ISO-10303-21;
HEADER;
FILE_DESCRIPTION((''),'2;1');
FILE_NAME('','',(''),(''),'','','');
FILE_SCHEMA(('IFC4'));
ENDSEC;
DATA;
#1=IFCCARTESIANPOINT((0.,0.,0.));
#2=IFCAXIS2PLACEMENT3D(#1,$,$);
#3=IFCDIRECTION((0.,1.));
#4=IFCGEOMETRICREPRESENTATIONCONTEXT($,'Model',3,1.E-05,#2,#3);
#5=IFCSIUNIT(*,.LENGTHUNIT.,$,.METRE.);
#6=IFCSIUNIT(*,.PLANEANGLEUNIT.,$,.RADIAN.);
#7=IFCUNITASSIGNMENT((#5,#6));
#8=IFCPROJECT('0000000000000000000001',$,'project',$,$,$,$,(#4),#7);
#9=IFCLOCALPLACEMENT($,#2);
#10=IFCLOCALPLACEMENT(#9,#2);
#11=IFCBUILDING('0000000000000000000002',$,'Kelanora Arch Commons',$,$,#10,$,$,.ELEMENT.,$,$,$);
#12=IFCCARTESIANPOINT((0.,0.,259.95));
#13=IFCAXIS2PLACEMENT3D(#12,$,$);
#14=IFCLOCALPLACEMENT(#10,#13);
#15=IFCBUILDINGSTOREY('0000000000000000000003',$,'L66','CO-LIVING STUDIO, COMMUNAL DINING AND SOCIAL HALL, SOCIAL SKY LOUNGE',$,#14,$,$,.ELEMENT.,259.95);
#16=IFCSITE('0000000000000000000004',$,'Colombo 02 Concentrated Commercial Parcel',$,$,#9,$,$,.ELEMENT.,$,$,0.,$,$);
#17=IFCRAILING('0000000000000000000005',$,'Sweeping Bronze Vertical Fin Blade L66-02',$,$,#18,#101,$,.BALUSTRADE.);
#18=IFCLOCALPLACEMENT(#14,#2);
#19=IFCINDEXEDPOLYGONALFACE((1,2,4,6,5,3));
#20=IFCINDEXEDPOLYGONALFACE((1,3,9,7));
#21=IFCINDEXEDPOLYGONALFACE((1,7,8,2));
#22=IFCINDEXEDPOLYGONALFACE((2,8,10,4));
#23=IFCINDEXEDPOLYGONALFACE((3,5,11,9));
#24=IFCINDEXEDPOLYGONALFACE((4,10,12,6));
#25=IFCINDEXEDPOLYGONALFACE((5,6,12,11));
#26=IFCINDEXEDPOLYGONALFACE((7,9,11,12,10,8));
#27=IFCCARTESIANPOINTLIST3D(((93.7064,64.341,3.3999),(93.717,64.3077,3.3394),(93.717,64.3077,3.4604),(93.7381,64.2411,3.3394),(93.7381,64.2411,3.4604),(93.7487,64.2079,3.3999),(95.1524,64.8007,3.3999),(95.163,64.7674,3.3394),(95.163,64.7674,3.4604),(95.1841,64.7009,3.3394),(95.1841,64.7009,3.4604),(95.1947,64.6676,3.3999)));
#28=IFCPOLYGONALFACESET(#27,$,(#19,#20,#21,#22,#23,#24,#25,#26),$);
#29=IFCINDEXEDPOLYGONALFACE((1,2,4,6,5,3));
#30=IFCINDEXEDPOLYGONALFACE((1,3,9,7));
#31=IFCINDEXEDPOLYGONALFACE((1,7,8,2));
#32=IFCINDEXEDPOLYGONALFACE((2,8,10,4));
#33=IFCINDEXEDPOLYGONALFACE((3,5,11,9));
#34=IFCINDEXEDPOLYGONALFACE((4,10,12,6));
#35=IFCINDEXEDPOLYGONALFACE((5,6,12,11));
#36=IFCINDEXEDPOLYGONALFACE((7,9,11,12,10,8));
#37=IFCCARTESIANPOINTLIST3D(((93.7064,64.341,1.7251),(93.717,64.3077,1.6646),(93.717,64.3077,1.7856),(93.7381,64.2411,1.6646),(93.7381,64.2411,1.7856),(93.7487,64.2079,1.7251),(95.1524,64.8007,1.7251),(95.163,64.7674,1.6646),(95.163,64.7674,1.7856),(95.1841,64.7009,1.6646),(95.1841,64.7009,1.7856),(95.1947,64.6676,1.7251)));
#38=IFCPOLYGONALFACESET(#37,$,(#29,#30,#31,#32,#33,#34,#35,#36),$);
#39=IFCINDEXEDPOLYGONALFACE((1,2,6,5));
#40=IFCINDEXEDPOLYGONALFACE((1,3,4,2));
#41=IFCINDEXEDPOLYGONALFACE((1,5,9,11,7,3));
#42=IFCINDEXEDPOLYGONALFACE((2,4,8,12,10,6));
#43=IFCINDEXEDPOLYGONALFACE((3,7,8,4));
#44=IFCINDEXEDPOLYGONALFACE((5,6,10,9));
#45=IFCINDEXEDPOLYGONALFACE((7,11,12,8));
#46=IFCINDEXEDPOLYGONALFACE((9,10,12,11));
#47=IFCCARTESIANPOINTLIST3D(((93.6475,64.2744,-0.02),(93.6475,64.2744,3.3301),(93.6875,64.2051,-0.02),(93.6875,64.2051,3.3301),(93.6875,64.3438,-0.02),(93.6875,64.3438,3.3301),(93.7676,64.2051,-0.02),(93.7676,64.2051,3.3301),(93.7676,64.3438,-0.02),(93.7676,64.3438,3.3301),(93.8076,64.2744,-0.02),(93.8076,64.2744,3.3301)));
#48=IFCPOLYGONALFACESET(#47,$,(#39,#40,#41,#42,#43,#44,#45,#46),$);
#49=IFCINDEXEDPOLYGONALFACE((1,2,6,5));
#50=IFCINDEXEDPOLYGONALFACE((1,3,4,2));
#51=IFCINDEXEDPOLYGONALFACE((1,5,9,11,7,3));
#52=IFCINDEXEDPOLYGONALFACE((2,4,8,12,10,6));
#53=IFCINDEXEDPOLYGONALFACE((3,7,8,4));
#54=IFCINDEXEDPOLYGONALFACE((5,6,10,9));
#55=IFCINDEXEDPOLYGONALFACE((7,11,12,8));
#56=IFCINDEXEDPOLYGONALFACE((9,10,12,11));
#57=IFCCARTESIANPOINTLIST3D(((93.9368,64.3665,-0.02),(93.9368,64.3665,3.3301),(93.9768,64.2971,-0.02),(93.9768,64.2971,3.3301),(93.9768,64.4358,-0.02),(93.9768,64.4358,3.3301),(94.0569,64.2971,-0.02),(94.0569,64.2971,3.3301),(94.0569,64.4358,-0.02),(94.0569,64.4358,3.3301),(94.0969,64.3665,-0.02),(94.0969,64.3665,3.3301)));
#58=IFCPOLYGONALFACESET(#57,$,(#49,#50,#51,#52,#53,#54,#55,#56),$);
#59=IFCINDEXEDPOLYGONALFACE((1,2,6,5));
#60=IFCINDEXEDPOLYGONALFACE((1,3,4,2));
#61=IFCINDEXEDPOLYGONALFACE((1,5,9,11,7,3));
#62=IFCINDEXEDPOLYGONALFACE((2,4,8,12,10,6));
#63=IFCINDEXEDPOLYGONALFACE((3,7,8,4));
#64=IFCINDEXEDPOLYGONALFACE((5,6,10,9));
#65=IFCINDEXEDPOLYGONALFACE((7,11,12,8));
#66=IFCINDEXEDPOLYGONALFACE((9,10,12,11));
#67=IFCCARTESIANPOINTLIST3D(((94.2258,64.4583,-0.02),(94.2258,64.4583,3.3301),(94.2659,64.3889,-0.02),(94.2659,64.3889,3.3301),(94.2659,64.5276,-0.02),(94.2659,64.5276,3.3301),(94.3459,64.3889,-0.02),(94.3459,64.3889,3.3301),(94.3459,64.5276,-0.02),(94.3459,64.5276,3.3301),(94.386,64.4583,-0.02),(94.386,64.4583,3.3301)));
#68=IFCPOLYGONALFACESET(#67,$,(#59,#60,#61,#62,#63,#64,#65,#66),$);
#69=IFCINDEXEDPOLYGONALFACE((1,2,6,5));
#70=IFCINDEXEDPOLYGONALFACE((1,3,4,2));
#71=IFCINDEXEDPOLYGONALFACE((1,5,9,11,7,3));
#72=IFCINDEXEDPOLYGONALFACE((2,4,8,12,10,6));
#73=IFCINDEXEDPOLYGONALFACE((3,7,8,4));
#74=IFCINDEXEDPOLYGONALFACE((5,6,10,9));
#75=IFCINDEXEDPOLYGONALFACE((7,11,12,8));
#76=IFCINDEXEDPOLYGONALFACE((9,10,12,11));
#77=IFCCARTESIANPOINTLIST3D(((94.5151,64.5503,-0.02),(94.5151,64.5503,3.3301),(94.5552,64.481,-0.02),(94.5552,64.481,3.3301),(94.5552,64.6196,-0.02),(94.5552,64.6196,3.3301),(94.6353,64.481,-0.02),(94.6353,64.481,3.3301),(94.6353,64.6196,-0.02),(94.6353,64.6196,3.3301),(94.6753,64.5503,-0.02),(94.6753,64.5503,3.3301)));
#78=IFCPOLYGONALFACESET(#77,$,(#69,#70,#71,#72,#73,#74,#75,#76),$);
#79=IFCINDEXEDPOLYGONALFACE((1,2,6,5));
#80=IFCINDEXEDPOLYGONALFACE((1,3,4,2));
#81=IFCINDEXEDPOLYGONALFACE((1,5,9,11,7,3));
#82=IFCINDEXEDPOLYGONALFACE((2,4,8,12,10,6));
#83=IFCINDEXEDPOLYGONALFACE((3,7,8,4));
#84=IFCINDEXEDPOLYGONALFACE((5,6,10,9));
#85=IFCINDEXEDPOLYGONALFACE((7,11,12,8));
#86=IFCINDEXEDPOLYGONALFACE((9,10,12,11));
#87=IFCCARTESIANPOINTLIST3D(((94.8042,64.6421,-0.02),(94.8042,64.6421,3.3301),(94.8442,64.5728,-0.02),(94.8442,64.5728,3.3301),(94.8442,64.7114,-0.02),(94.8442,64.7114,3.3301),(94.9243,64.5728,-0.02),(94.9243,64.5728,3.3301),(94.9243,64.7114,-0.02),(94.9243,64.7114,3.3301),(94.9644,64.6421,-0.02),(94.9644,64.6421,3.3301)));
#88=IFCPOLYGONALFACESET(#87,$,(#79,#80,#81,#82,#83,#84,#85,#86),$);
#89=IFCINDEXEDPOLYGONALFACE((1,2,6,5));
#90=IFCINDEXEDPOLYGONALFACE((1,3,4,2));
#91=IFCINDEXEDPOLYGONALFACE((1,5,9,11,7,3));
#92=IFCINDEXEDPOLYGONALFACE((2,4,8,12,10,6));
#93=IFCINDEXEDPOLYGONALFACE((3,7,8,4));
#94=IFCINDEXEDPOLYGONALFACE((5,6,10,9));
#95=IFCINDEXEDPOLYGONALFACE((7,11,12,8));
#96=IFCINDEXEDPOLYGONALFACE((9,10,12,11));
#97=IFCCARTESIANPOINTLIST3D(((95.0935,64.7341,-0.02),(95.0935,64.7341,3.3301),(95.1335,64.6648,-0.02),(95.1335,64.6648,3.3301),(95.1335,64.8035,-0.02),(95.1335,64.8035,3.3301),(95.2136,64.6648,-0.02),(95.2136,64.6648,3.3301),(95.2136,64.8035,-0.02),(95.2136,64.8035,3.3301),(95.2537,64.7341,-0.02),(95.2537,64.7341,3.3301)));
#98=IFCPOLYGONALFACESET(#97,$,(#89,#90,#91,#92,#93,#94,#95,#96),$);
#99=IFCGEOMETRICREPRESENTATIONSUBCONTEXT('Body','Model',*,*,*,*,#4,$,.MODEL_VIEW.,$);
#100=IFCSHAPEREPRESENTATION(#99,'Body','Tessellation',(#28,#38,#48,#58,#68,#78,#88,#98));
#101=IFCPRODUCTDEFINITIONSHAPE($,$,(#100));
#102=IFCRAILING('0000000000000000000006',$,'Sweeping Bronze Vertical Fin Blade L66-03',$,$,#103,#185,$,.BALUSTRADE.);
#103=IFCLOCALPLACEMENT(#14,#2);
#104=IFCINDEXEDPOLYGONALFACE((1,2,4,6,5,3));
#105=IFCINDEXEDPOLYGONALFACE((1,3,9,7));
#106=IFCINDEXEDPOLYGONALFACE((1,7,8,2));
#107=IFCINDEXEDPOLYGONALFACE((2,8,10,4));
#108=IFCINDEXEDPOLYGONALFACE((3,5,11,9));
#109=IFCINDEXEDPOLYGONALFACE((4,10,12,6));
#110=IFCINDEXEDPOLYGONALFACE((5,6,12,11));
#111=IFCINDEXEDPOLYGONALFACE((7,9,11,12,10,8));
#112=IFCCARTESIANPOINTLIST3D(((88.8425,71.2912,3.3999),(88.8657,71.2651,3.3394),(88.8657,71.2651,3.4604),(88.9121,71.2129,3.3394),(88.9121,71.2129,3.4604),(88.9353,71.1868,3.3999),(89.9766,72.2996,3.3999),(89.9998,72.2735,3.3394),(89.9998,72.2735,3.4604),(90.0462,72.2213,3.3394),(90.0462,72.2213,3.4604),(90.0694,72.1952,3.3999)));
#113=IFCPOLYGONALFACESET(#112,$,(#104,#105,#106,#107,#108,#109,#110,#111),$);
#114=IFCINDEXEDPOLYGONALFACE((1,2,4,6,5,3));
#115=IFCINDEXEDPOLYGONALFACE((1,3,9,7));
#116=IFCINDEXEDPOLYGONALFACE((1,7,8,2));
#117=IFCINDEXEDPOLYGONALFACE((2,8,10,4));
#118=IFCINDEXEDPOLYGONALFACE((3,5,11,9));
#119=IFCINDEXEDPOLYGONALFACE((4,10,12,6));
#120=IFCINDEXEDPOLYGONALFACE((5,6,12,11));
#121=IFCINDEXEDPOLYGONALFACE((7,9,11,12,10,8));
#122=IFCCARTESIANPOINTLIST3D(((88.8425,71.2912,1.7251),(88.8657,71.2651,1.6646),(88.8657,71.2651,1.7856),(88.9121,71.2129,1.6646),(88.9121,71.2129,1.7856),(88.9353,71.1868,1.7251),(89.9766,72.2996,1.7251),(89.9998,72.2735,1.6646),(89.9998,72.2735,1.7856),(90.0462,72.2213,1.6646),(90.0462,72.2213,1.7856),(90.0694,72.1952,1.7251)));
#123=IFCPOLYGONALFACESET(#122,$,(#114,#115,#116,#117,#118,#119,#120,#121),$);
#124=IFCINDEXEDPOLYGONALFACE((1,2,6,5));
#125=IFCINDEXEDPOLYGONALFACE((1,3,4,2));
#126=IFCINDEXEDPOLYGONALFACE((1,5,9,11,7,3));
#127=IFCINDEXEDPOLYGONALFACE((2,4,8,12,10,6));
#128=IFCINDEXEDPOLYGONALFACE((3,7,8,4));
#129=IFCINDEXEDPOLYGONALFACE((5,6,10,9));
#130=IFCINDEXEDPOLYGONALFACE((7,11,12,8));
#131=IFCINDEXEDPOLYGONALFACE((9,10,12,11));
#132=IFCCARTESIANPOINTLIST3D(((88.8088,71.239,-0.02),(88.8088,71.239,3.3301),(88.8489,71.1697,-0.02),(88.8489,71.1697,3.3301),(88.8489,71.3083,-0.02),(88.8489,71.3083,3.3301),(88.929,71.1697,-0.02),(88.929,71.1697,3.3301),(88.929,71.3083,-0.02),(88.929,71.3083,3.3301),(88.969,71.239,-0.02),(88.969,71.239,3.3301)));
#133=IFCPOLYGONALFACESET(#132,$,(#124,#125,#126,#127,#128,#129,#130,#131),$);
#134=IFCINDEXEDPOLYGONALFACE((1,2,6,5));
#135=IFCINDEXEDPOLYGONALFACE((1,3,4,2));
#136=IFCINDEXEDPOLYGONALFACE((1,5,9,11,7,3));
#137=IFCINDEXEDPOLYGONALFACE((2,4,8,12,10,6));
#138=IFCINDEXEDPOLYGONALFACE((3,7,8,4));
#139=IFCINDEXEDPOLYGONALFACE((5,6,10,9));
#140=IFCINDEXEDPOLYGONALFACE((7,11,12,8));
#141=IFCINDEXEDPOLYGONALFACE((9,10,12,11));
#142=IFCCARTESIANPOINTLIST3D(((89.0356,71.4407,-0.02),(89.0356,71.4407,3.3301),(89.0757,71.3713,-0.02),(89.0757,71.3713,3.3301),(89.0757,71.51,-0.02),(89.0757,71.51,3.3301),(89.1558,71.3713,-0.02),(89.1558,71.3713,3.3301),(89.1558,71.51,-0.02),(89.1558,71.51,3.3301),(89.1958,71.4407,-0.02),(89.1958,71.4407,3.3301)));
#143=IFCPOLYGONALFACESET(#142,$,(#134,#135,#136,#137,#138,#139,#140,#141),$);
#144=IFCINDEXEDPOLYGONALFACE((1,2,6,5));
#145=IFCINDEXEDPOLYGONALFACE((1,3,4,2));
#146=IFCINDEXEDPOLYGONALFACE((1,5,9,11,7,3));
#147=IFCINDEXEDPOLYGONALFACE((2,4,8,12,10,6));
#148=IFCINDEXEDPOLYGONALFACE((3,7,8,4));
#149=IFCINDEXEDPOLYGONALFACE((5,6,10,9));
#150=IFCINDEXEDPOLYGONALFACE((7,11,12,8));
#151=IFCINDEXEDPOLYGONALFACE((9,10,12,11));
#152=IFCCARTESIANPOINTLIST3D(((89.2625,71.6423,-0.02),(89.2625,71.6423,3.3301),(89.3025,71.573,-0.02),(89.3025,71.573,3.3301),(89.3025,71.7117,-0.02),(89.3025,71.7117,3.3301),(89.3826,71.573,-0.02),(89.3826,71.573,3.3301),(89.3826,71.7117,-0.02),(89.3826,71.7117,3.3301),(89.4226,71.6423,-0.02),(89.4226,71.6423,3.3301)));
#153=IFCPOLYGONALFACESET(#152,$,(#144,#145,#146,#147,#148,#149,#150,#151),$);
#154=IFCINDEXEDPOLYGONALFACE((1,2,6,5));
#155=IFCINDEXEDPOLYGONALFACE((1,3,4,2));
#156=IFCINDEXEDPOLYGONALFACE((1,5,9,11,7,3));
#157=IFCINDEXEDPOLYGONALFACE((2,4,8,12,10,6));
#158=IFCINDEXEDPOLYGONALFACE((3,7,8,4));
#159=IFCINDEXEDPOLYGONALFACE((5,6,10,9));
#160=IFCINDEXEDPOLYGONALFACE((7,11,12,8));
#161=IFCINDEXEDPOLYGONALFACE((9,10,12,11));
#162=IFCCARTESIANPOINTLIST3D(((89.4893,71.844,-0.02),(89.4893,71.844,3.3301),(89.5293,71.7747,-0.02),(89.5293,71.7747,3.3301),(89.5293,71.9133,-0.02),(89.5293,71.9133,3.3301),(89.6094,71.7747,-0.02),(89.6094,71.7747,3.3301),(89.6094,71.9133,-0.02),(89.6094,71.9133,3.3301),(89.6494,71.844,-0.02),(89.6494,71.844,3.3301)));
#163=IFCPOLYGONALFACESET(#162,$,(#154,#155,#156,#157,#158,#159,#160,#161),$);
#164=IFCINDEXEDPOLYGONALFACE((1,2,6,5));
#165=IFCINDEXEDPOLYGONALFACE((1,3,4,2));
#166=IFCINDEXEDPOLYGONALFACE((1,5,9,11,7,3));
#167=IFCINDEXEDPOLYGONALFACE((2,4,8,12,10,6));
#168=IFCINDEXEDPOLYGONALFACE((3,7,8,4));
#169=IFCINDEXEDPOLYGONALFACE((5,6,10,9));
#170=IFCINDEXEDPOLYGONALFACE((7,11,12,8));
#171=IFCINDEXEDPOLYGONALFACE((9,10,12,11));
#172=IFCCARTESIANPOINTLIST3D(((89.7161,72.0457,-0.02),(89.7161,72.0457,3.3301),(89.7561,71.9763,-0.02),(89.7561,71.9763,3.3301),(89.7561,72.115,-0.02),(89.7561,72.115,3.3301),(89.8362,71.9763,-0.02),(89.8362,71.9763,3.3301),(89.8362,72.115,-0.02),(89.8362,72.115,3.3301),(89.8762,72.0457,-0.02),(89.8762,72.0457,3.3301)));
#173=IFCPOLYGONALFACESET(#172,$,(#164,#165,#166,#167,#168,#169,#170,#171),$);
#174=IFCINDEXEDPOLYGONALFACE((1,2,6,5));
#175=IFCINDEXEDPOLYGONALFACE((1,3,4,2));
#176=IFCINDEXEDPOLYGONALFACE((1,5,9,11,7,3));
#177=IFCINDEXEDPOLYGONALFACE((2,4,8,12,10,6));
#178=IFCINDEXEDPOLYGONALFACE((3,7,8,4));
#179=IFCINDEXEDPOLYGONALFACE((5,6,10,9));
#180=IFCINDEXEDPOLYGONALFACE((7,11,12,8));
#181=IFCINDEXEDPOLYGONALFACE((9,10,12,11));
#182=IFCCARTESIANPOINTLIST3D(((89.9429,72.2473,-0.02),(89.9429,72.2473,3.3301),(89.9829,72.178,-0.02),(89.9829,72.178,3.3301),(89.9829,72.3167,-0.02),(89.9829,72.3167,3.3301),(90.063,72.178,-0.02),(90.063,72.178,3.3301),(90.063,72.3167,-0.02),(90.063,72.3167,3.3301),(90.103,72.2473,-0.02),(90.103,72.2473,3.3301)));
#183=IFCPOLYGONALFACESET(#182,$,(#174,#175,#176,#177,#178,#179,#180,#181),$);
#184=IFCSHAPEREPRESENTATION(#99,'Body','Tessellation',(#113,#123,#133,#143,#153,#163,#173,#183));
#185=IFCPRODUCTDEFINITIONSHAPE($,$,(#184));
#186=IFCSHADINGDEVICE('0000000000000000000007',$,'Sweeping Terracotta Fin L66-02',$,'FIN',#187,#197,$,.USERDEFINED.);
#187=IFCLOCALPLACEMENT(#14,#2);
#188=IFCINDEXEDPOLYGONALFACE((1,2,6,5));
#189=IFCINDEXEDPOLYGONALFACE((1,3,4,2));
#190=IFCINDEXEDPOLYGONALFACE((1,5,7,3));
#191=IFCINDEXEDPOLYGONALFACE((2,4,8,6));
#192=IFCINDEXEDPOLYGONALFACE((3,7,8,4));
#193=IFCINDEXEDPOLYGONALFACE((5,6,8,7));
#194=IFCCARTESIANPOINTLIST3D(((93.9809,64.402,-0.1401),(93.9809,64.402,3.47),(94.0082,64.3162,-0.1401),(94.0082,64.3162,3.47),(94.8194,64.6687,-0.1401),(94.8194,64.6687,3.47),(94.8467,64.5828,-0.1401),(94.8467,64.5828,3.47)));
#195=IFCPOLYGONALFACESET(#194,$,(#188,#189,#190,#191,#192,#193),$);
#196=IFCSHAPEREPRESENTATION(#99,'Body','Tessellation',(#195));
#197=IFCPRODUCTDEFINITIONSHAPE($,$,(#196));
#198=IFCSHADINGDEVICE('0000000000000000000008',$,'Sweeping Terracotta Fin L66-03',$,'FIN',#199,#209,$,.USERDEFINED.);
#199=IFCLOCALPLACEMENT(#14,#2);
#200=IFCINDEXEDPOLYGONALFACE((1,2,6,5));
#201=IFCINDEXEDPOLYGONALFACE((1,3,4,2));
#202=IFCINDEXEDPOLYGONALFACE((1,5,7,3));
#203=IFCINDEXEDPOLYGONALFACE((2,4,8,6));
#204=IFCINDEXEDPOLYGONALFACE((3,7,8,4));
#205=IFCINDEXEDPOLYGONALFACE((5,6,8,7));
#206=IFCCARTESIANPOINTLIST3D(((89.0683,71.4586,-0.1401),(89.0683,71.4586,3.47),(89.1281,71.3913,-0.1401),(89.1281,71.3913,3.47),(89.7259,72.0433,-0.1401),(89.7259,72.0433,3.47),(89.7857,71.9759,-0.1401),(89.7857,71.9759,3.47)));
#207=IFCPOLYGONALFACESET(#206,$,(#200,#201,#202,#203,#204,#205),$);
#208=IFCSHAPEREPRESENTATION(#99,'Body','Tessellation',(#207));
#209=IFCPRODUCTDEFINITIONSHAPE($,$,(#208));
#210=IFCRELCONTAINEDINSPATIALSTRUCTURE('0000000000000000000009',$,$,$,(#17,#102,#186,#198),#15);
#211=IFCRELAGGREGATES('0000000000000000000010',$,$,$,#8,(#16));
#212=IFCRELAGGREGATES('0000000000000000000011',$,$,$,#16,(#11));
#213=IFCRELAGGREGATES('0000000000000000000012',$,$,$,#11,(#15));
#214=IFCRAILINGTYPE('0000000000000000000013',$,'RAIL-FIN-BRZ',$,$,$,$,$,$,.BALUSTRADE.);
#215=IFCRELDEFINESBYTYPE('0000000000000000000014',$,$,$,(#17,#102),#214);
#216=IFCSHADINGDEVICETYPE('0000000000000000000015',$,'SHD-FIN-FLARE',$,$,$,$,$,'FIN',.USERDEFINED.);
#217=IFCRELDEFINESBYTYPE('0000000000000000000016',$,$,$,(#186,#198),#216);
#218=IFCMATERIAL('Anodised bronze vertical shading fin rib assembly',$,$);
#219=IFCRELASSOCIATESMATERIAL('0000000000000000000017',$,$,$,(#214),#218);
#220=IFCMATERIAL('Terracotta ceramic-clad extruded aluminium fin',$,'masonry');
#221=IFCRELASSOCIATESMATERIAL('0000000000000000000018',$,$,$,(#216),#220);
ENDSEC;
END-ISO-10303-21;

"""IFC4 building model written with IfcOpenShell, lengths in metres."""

from ifc_helpers import new_model, si_unit, direction, frame, origin, origin_2d, place, context, subcontext, project, spatial, polyline, rectangle, outline, extrude, source, transform, mapped, material, type_object, element, save


model = new_model("IFC4")

# Units and contexts
model_context = context("Model", 3, precision=1e-05, world=origin(), true_north=direction((0.0, 1.0)))
body_context = subcontext(model_context, "Body", "Model", "MODEL_VIEW")
ifc_project = project(units=[si_unit("LENGTHUNIT", "METRE"), si_unit("PLANEANGLEUNIT", "RADIAN")], contexts=[model_context])

# Site, building, storey
site_placement = place(None, origin())
site = spatial("IfcSite", under=ifc_project, at=site_placement, Name="Colombo 02 Concentrated Commercial Parcel", CompositionType="ELEMENT", RefElevation=0.0)
building_placement = place(site_placement, origin())
building = spatial("IfcBuilding", under=site, at=building_placement, Name="Kelanora Arch Commons", CompositionType="ELEMENT")
storey_placement = place(building_placement, frame((0.0, 0.0, 259.95)))
storey = spatial("IfcBuildingStorey", under=building, at=storey_placement, Name="L66", Description="CO-LIVING STUDIO, COMMUNAL DINING AND SOCIAL HALL, SOCIAL SKY LOUNGE", CompositionType="ELEMENT", Elevation=259.95)

# Railings
ifc_material_1 = material(Name="Anodised bronze vertical shading fin rib assembly")
railing_type = type_object("IfcRailingType", Name="RAIL-FIN-BRZ", PredefinedType="BALUSTRADE", material=ifc_material_1)
railing_1_placement = place(storey_placement, frame((93.7275, 64.2744, -0.02)))
element("IfcRailing", 1, at=railing_1_placement, inside=storey, type_object=railing_type, Name="Sweeping Bronze Vertical Fin Blade L66-02", PredefinedType="BALUSTRADE", context=body_context, shape_type="SweptSolid", body=[
    extrude(outline(polyline([(0.0698, 0.0), (0.0349, 0.0605), (-0.0349, 0.0605), (-0.0698, 0.0), (-0.0349, -0.0605), (0.0349, -0.0605), (0.0698, 0.0)])), frame((0.0, 0.0, 3.4199), z_axis=(0.953, 0.302971, 0.0), x_axis=(-0.302971, 0.953, 0.0)), (0.0, 0.0, 1.0), 1.5173),
    extrude(outline(polyline([(0.0698, 0.0), (0.0349, 0.0605), (-0.0349, 0.0605), (-0.0698, 0.0), (-0.0349, -0.0605), (0.0349, -0.0605), (0.0698, 0.0)])), frame((0.0, 0.0, 1.7451), z_axis=(0.953, 0.302971, 0.0), x_axis=(-0.302971, 0.953, 0.0)), (0.0, 0.0, 1.0), 1.5173),
    extrude(outline(polyline([(0.0801, 0.0), (0.04, 0.0693), (-0.04, 0.0693), (-0.0801, 0.0), (-0.04, -0.0693), (0.04, -0.0693), (0.0801, 0.0)])), origin(), (0.0, 0.0, 1.0), 3.3501),
    extrude(outline(polyline([(0.0801, 0.0), (0.04, 0.0693), (-0.04, 0.0693), (-0.0801, 0.0), (-0.04, -0.0693), (0.04, -0.0693), (0.0801, 0.0)])), frame((0.2893, 0.092, 0.0)), (0.0, 0.0, 1.0), 3.3501),
    extrude(outline(polyline([(0.0801, 0.0), (0.04, 0.0693), (-0.04, 0.0693), (-0.0801, 0.0), (-0.04, -0.0693), (0.04, -0.0693), (0.0801, 0.0)])), frame((0.5784, 0.1838, 0.0)), (0.0, 0.0, 1.0), 3.3501),
    extrude(outline(polyline([(0.0801, 0.0), (0.04, 0.0693), (-0.04, 0.0693), (-0.0801, 0.0), (-0.04, -0.0693), (0.04, -0.0693), (0.0801, 0.0)])), frame((0.8677, 0.2759, 0.0)), (0.0, 0.0, 1.0), 3.3501),
    extrude(outline(polyline([(0.0801, 0.0), (0.04, 0.0693), (-0.04, 0.0693), (-0.0801, 0.0), (-0.04, -0.0693), (0.04, -0.0693), (0.0801, 0.0)])), frame((1.1567, 0.3677, 0.0)), (0.0, 0.0, 1.0), 3.3501),
    extrude(outline(polyline([(0.0801, 0.0), (0.04, 0.0693), (-0.04, 0.0693), (-0.0801, 0.0), (-0.04, -0.0693), (0.04, -0.0693), (0.0801, 0.0)])), frame((1.446, 0.4597, 0.0)), (0.0, 0.0, 1.0), 3.3501),
])
railing_2_placement = place(storey_placement, frame((88.8889, 71.239, -0.02)))
element("IfcRailing", 2, at=railing_2_placement, inside=storey, type_object=railing_type, Name="Sweeping Bronze Vertical Fin Blade L66-03", PredefinedType="BALUSTRADE", context=body_context, shape_type="SweptSolid", body=[
    extrude(outline(polyline([(0.0698, 0.0), (0.0349, 0.0605), (-0.0349, 0.0605), (-0.0698, 0.0), (-0.0349, -0.0605), (0.0349, -0.0605), (0.0698, 0.0)])), frame((0.0, 0.0, 3.4199), z_axis=(0.747321, 0.664464, 0.0), x_axis=(-0.664464, 0.747321, 0.0)), (0.0, 0.0, 1.0), 1.5176),
    extrude(outline(polyline([(0.0698, 0.0), (0.0349, 0.0605), (-0.0349, 0.0605), (-0.0698, 0.0), (-0.0349, -0.0605), (0.0349, -0.0605), (0.0698, 0.0)])), frame((0.0, 0.0, 1.7451), z_axis=(0.747321, 0.664464, 0.0), x_axis=(-0.664464, 0.747321, 0.0)), (0.0, 0.0, 1.0), 1.5176),
    extrude(outline(polyline([(0.0801, 0.0), (0.04, 0.0693), (-0.04, 0.0693), (-0.0801, 0.0), (-0.04, -0.0693), (0.04, -0.0693), (0.0801, 0.0)])), origin(), (0.0, 0.0, 1.0), 3.3501),
    extrude(outline(polyline([(0.0801, 0.0), (0.04, 0.0693), (-0.04, 0.0693), (-0.0801, 0.0), (-0.04, -0.0693), (0.04, -0.0693), (0.0801, 0.0)])), frame((0.2268, 0.2017, 0.0)), (0.0, 0.0, 1.0), 3.3501),
    extrude(outline(polyline([(0.0801, 0.0), (0.04, 0.0693), (-0.04, 0.0693), (-0.0801, 0.0), (-0.04, -0.0693), (0.04, -0.0693), (0.0801, 0.0)])), frame((0.4536, 0.4033, 0.0)), (0.0, 0.0, 1.0), 3.3501),
    extrude(outline(polyline([(0.0801, 0.0), (0.04, 0.0693), (-0.04, 0.0693), (-0.0801, 0.0), (-0.04, -0.0693), (0.04, -0.0693), (0.0801, 0.0)])), frame((0.6804, 0.605, 0.0)), (0.0, 0.0, 1.0), 3.3501),
    extrude(outline(polyline([(0.0801, 0.0), (0.04, 0.0693), (-0.04, 0.0693), (-0.0801, 0.0), (-0.04, -0.0693), (0.04, -0.0693), (0.0801, 0.0)])), frame((0.9072, 0.8066, 0.0)), (0.0, 0.0, 1.0), 3.3501),
    extrude(outline(polyline([(0.0801, 0.0), (0.04, 0.0693), (-0.04, 0.0693), (-0.0801, 0.0), (-0.04, -0.0693), (0.04, -0.0693), (0.0801, 0.0)])), frame((1.134, 1.0083, 0.0)), (0.0, 0.0, 1.0), 3.3501),
])

# Shading devices
ifc_material_2 = material(Name="Terracotta ceramic-clad extruded aluminium fin", Category="masonry")
shading_device_type = type_object("IfcShadingDeviceType", Name="SHD-FIN-FLARE", ElementType="FIN", PredefinedType="USERDEFINED", material=ifc_material_2)
shared_shape_1 = source(origin(), body_context, "Body", "SweptSolid", [
    extrude(rectangle(XDim=0.8799, YDim=0.0901, at=origin_2d()), origin(), (0.0, 0.0, 1.0), 3.6101),
])
for number, where, z_axis, x_axis, name in (
    (3, (94.4138, 64.4924, -0.1401), (0.0, 0.0, 1.0), (0.952979, 0.303035, 0.0), "Sweeping Terracotta Fin L66-02"),
    (4, (89.427, 71.7173, -0.1401), (0.0, 0.0, 1.0), (0.747334, 0.664448, 0.0), "Sweeping Terracotta Fin L66-03"),
):
    element("IfcShadingDevice", number, at=place(storey_placement, frame(where, z_axis=z_axis, x_axis=x_axis)), inside=storey, type_object=shading_device_type, Name=name, ObjectType="FIN", PredefinedType="USERDEFINED", context=body_context, shape_type="MappedRepresentation", body=[
        mapped(shared_shape_1, transform((0.0, 0.0, 0.0), scale=1.0)),
    ])

save(model, "model.ifc")
